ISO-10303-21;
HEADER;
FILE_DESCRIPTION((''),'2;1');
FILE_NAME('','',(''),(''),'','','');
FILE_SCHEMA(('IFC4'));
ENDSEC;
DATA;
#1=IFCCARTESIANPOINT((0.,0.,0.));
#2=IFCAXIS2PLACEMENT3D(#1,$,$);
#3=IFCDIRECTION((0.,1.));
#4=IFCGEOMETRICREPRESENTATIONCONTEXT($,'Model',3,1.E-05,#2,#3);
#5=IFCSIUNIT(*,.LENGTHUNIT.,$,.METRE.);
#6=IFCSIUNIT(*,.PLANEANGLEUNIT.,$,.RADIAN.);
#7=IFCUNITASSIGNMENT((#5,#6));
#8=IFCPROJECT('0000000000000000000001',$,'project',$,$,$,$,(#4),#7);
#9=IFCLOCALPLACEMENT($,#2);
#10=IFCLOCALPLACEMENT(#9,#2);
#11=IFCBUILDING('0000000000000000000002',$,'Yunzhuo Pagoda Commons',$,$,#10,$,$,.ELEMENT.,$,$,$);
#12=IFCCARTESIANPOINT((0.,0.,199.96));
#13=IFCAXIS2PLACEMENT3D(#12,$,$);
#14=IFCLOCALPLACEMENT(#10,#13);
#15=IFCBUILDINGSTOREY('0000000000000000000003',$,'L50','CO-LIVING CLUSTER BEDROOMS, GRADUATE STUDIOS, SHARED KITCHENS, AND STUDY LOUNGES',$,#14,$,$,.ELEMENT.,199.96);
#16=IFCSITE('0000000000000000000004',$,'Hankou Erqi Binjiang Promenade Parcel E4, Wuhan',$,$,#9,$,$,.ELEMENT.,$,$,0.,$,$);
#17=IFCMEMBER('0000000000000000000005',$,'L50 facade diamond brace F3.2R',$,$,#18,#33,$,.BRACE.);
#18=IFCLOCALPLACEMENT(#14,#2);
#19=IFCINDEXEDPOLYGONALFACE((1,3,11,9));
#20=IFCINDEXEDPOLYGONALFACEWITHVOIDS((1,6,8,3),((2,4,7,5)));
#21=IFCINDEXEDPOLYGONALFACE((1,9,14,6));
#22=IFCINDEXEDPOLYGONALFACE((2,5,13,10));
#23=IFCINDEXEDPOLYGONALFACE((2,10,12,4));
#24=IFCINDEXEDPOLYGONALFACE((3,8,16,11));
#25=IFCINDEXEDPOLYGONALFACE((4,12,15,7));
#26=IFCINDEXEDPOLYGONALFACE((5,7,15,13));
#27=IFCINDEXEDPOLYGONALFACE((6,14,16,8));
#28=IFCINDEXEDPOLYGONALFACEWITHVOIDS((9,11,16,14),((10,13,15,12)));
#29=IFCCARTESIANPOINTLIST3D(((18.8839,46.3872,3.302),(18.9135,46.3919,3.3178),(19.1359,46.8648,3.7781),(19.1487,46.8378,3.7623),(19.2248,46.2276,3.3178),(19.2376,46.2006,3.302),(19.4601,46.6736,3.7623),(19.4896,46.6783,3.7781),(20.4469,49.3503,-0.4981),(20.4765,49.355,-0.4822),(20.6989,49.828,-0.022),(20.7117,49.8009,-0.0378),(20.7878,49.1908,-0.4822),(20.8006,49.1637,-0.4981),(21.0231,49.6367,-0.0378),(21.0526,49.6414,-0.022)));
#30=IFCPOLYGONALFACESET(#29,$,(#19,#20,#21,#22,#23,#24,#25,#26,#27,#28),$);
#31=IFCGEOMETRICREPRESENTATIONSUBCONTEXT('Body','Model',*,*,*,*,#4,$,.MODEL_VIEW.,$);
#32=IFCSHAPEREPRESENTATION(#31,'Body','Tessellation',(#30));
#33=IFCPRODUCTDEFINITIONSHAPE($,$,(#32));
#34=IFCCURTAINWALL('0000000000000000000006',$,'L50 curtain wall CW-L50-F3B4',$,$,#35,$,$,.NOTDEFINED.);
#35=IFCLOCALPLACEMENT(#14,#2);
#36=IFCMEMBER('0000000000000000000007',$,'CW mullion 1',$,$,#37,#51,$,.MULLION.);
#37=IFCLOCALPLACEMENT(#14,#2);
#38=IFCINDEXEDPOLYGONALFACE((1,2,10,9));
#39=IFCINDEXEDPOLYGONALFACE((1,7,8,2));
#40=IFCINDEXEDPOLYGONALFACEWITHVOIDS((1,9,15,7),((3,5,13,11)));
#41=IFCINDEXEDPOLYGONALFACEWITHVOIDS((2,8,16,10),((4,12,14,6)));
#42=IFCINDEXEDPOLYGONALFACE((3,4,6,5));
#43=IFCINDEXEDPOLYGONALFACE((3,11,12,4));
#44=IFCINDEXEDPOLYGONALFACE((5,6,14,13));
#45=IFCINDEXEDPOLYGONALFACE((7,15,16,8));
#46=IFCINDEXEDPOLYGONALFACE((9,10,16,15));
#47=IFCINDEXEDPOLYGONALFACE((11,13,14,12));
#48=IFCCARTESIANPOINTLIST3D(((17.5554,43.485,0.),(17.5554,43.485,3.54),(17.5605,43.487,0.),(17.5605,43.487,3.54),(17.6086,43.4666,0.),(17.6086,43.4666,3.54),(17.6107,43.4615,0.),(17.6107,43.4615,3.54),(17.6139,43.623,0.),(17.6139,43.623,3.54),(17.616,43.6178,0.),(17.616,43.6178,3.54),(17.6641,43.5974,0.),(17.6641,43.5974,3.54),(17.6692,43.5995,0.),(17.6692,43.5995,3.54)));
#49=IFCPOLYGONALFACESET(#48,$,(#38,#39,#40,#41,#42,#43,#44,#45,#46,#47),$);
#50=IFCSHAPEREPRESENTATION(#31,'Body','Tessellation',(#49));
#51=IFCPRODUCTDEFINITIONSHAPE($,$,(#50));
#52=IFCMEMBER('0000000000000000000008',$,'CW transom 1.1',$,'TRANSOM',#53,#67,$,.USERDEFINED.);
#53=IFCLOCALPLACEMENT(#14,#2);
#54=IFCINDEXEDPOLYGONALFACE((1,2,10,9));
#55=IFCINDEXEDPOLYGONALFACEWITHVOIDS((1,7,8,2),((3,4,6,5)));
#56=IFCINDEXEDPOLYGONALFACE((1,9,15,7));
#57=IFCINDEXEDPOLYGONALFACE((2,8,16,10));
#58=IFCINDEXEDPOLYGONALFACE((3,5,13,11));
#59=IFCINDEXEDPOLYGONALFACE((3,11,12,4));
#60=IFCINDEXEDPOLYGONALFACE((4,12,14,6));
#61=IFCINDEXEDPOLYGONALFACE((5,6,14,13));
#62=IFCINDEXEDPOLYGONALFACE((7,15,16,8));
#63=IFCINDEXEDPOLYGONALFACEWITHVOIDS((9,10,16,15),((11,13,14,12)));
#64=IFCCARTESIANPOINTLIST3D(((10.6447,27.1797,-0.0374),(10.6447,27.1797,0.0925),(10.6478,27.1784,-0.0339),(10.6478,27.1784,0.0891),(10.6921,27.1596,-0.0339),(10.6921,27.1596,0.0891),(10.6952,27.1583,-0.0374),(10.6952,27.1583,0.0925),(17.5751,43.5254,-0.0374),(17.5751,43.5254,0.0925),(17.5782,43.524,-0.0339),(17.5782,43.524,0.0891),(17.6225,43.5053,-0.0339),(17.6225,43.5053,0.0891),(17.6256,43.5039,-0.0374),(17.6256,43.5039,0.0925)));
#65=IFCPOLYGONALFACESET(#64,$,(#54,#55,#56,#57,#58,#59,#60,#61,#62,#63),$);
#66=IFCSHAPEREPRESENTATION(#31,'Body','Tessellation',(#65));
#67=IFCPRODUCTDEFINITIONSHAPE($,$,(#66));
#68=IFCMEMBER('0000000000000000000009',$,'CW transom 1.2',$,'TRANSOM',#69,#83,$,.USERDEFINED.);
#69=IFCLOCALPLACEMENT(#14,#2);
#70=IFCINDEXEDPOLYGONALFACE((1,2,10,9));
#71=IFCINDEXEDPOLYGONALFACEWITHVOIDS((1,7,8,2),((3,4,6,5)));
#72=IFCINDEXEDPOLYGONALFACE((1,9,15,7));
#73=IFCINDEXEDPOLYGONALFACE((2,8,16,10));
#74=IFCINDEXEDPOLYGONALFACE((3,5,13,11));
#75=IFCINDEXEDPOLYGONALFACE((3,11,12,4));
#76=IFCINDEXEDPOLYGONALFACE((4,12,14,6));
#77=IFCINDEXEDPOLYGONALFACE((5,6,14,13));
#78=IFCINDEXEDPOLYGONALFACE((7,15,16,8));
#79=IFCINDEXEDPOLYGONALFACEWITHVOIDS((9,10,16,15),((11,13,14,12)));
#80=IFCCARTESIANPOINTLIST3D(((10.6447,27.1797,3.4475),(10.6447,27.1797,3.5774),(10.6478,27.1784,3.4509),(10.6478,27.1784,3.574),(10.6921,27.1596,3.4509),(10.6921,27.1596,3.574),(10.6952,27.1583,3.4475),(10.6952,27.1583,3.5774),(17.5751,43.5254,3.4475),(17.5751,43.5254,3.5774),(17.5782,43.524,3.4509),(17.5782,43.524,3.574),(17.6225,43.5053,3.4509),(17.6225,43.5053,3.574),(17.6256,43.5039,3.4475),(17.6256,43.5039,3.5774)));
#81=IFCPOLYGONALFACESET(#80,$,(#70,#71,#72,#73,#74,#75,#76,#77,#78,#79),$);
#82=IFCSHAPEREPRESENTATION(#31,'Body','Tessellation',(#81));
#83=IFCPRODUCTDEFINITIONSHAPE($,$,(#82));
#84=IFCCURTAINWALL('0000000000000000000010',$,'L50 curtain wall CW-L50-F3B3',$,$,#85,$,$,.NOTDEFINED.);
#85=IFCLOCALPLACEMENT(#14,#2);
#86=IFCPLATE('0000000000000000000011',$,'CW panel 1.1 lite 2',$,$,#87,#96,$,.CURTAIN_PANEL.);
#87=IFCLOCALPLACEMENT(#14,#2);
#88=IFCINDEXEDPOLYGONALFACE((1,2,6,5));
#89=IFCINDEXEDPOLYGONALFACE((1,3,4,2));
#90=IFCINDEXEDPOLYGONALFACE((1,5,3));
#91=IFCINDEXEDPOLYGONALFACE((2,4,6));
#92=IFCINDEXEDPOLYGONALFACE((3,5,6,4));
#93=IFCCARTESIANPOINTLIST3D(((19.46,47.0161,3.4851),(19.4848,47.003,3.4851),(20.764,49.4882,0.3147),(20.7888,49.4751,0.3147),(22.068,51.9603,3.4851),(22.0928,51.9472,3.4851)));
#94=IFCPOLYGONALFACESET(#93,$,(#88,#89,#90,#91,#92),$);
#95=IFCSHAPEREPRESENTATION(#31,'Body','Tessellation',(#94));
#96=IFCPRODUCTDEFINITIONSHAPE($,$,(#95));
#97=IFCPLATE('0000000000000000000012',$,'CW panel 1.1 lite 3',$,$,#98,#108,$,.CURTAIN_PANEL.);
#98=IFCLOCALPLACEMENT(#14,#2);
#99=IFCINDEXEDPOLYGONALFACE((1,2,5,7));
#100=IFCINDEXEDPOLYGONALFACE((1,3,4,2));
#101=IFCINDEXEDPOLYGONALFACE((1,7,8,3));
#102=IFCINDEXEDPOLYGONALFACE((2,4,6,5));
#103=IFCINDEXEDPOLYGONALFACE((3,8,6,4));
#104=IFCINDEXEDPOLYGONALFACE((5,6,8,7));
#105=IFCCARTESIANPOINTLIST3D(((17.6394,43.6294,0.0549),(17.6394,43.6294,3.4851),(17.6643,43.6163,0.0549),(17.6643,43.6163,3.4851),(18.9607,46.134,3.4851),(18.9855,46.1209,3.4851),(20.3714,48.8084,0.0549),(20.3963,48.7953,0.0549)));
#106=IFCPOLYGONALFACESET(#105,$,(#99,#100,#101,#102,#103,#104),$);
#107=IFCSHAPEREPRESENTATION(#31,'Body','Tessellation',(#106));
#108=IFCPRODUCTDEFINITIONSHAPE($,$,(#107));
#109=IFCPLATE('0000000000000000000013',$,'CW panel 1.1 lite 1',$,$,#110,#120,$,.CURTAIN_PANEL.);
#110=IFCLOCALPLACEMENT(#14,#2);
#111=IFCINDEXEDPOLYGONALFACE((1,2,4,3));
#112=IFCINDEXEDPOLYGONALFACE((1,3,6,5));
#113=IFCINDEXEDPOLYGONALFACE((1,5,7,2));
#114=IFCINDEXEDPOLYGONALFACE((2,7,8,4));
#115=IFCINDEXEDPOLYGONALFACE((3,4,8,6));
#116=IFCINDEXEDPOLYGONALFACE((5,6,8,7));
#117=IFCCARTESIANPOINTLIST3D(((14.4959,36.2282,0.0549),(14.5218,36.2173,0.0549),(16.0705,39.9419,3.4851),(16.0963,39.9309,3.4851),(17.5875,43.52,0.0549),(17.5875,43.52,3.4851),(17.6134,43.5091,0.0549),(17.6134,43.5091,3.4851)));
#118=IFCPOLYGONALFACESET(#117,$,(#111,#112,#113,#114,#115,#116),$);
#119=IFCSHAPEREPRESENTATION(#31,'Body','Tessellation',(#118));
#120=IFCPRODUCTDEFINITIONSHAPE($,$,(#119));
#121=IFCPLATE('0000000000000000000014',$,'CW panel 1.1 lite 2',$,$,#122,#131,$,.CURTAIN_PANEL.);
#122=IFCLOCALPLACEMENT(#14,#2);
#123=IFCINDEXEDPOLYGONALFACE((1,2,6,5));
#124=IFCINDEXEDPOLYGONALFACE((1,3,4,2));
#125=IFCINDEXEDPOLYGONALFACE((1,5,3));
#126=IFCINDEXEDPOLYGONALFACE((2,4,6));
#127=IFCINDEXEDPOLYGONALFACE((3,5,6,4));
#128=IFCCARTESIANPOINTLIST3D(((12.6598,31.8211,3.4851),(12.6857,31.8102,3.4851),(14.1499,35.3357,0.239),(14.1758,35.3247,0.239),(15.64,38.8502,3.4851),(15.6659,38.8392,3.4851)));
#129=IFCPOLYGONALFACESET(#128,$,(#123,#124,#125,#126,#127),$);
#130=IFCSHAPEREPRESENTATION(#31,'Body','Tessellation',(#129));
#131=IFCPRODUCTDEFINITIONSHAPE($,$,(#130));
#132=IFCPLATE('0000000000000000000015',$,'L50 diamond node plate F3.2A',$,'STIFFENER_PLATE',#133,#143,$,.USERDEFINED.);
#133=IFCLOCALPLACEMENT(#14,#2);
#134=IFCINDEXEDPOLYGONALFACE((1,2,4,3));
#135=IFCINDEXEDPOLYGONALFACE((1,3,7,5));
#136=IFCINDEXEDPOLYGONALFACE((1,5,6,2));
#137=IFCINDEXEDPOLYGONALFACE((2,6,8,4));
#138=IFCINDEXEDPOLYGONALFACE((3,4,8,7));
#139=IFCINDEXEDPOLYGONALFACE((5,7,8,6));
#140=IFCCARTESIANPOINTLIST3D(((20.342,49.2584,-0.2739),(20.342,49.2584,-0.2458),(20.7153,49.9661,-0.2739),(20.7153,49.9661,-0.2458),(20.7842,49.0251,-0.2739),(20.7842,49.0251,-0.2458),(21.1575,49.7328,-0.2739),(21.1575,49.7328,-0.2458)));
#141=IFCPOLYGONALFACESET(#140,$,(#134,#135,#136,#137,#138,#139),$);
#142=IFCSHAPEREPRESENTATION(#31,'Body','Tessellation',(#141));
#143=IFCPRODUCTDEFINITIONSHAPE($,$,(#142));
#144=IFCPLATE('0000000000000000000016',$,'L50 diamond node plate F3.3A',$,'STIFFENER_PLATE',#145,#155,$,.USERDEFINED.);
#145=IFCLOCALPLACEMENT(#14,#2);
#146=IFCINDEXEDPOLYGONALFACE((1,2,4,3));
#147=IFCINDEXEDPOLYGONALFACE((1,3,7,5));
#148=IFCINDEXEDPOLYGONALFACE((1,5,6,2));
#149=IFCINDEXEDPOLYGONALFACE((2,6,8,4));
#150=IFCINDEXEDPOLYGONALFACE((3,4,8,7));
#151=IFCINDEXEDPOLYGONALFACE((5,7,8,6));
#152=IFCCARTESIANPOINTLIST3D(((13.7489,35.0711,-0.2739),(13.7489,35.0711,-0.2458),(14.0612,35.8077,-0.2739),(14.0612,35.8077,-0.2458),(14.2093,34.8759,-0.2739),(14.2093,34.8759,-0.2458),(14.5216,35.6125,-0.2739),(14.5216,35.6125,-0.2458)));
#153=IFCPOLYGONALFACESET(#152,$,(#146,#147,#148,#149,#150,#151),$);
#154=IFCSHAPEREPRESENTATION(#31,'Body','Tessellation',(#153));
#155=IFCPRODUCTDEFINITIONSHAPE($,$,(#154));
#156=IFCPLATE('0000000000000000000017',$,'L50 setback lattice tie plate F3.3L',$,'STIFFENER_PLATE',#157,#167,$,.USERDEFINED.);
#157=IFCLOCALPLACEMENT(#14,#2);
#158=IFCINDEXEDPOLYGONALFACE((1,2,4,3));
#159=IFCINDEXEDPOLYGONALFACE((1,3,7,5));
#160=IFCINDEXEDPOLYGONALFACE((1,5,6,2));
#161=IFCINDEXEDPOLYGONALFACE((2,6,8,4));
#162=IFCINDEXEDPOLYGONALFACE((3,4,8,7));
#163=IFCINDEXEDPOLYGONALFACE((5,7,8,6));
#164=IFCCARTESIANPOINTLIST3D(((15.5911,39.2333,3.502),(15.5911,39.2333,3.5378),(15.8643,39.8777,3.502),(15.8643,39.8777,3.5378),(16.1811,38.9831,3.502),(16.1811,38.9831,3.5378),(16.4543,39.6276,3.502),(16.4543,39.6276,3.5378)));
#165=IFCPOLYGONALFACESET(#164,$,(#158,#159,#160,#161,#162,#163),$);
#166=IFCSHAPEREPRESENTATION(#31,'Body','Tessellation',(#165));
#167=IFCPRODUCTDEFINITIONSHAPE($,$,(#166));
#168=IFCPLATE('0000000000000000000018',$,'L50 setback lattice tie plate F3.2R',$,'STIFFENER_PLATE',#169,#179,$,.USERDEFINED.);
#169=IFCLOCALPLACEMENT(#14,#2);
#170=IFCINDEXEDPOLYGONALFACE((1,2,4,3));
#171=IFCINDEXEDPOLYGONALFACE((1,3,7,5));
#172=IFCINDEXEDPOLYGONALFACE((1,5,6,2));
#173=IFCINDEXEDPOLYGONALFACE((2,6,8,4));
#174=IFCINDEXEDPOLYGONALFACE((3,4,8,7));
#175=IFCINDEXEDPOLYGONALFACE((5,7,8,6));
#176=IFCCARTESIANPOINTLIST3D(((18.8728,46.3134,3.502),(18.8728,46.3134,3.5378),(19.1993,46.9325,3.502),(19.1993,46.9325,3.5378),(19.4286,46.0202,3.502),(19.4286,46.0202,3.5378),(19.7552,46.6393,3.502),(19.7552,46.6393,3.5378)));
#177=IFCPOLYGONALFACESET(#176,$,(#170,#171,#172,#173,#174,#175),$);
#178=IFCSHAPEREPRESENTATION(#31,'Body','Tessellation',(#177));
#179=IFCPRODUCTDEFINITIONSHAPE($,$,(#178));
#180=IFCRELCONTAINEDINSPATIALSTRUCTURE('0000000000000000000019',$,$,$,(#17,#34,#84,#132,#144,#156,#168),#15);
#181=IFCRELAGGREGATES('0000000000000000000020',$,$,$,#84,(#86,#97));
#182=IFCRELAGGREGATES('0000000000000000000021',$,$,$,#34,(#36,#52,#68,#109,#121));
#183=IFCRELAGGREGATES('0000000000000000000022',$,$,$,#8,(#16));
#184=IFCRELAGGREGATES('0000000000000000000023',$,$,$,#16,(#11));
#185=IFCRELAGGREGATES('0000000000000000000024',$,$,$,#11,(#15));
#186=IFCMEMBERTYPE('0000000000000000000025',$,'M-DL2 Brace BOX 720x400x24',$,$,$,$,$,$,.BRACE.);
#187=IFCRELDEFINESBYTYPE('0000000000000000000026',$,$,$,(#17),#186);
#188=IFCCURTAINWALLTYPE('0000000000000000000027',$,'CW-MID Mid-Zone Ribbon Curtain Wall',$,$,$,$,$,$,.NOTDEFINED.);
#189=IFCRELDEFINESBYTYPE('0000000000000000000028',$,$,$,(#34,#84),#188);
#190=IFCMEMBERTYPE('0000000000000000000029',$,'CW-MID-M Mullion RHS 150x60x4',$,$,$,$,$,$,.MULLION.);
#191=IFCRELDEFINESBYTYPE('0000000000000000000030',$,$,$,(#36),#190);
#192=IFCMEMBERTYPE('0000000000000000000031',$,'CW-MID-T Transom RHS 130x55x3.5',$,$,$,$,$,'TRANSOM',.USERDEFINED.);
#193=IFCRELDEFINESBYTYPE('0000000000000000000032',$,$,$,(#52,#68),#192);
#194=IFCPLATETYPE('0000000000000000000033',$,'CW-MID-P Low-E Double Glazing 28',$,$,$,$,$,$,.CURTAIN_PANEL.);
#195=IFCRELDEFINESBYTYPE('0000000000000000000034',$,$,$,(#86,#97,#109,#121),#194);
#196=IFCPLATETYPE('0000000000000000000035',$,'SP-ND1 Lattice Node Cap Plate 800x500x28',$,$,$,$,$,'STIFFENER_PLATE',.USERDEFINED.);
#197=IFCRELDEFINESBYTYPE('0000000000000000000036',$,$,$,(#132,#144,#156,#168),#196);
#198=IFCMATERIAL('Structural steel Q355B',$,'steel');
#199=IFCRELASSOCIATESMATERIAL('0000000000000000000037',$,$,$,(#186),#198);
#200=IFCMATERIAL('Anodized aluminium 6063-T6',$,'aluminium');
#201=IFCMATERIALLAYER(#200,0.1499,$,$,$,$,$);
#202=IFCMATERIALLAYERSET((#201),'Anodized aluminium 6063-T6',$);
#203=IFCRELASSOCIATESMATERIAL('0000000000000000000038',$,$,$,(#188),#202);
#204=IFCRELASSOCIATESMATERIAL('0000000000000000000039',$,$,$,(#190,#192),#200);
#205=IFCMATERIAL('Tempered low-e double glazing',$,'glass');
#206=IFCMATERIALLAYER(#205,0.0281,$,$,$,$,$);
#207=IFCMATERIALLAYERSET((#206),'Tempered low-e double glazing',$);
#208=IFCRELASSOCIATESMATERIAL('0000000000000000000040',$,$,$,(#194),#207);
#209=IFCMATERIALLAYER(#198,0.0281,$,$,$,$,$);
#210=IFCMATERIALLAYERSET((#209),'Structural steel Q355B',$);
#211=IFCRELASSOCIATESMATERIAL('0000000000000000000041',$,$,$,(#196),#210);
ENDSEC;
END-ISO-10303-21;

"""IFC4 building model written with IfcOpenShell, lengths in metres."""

from ifc_helpers import new_model, si_unit, direction, frame, origin, origin_2d, place, context, subcontext, project, spatial, polyline, rectangle, hollow_rectangle, outline, extrude, source, transform, mapped, material, layer, layer_set, material_profile, profile_set, type_object, element, aggregate, save


model = new_model("IFC4")

# Units and contexts
model_context = context("Model", 3, precision=1e-05, world=origin(), true_north=direction((0.0, 1.0)))
body_context = subcontext(model_context, "Body", "Model", "MODEL_VIEW")
ifc_project = project(units=[si_unit("LENGTHUNIT", "METRE"), si_unit("PLANEANGLEUNIT", "RADIAN")], contexts=[model_context])

# Site, building, storey
site_placement = place(None, origin())
site = spatial("IfcSite", under=ifc_project, at=site_placement, Name="Hankou Erqi Binjiang Promenade Parcel E4, Wuhan", CompositionType="ELEMENT", RefElevation=0.0)
building_placement = place(site_placement, origin())
building = spatial("IfcBuilding", under=site, at=building_placement, Name="Yunzhuo Pagoda Commons", CompositionType="ELEMENT")
storey_placement = place(building_placement, frame((0.0, 0.0, 199.96)))
storey = spatial("IfcBuildingStorey", under=building, at=storey_placement, Name="L50", Description="CO-LIVING CLUSTER BEDROOMS, GRADUATE STUDIOS, SHARED KITCHENS, AND STUDY LOUNGES", CompositionType="ELEMENT", Elevation=199.96)

# Shared definitions
ifc_material_1 = material(Name="Structural steel Q355B", Category="steel")

# Member
ifc_material_profile_1 = material_profile(ifc_material_1, hollow_rectangle(XDim=0.3999, YDim=0.72, WallThickness=0.0239, at=origin_2d()), Name="Structural steel Q355B")
ifc_profile_set_1 = profile_set([ifc_material_profile_1], Name="Structural steel Q355B")
member_type_1 = type_object("IfcMemberType", Name="M-DL2 Brace BOX 720x400x24", PredefinedType="BRACE", material=ifc_profile_set_1)
shared_shape_1 = source(origin(), body_context, "Body", "SweptSolid", [
    extrude(hollow_rectangle(XDim=0.3999, YDim=0.72, WallThickness=0.0239, at=origin_2d()), origin(), (0.0, 0.0, 1.0), 5.0659),
])
member_1_placement = place(storey_placement, frame((20.7498, 49.4958, -0.26), z_axis=(-0.30853, -0.584916, 0.750121), x_axis=(0.884494, -0.466551, 0.0)))
element("IfcMember", 1, at=member_1_placement, inside=storey, type_object=member_type_1, Name="L50 facade diamond brace F3.2R", PredefinedType="BRACE", context=body_context, shape_type="MappedRepresentation", body=[
    mapped(shared_shape_1, transform((0.0, 0.0, 0.0), scale=1.0)),
])

# Curtain wall, members
ifc_material_2 = material(Name="Anodized aluminium 6063-T6", Category="aluminium")
ifc_layer_1 = layer(ifc_material_2, 0.1499)
ifc_layer_set_1 = layer_set([ifc_layer_1], Name="Anodized aluminium 6063-T6")
curtain_wall_type = type_object("IfcCurtainWallType", Name="CW-MID Mid-Zone Ribbon Curtain Wall", PredefinedType="NOTDEFINED", material=ifc_layer_set_1)
curtain_wall_1_placement = place(storey_placement, origin())
curtain_wall_1 = element("IfcCurtainWall", 2, at=curtain_wall_1_placement, inside=storey, type_object=curtain_wall_type, Name="L50 curtain wall CW-L50-F3B4", PredefinedType="NOTDEFINED")
ifc_material_profile_2 = material_profile(ifc_material_2, hollow_rectangle(XDim=0.0601, YDim=0.1499, WallThickness=0.0039, at=origin_2d()), Name="Anodized aluminium 6063-T6")
ifc_profile_set_2 = profile_set([ifc_material_profile_2], Name="Anodized aluminium 6063-T6")
member_type_2 = type_object("IfcMemberType", Name="CW-MID-M Mullion RHS 150x60x4", PredefinedType="MULLION", material=ifc_profile_set_2)
shared_shape_2 = source(origin(), body_context, "Body", "SweptSolid", [
    extrude(hollow_rectangle(XDim=0.0601, YDim=0.1499, WallThickness=0.0039, at=origin_2d()), origin(), (0.0, 0.0, 1.0), 3.54),
])
member_2_placement = place(storey_placement, frame((17.6123, 43.5422, 0.0), z_axis=(0.0, 0.0, 1.0), x_axis=(0.920667, -0.39035, 0.0)))
member_2 = element("IfcMember", 3, at=member_2_placement, type_object=member_type_2, Name="CW mullion 1", PredefinedType="MULLION", context=body_context, shape_type="MappedRepresentation", body=[
    mapped(shared_shape_2, transform((0.0, 0.0, 0.0), scale=1.0)),
])
ifc_material_profile_3 = material_profile(ifc_material_2, hollow_rectangle(XDim=0.0549, YDim=0.1299, WallThickness=0.0034, at=origin_2d()), Name="Anodized aluminium 6063-T6")
ifc_profile_set_3 = profile_set([ifc_material_profile_3], Name="Anodized aluminium 6063-T6")
member_type_3 = type_object("IfcMemberType", Name="CW-MID-T Transom RHS 130x55x3.5", ElementType="TRANSOM", PredefinedType="USERDEFINED", material=ifc_profile_set_3)
shared_shape_3 = source(origin(), body_context, "Body", "SweptSolid", [
    extrude(hollow_rectangle(XDim=0.0549, YDim=0.1299, WallThickness=0.0034, at=origin_2d()), origin(), (0.0, 0.0, 1.0), 17.7542),
])
member_3_placement = place(storey_placement, frame((17.6003, 43.5146, 0.0276), z_axis=(-0.390353, -0.920665, 0.0), x_axis=(0.920665, -0.390353, 0.0)))
member_3 = element("IfcMember", 4, at=member_3_placement, type_object=member_type_3, Name="CW transom 1.1", ObjectType="TRANSOM", PredefinedType="USERDEFINED", context=body_context, shape_type="MappedRepresentation", body=[
    mapped(shared_shape_3, transform((0.0, 0.0, 0.0), scale=1.0)),
])
member_4_placement = place(storey_placement, frame((17.6003, 43.5146, 3.5125), z_axis=(-0.390353, -0.920665, 0.0), x_axis=(0.920665, -0.390353, 0.0)))
member_4 = element("IfcMember", 5, at=member_4_placement, type_object=member_type_3, Name="CW transom 1.2", ObjectType="TRANSOM", PredefinedType="USERDEFINED", context=body_context, shape_type="MappedRepresentation", body=[
    mapped(shared_shape_3, transform((0.0, 0.0, 0.0), scale=1.0)),
])

# Curtain wall, plates
curtain_wall_2_placement = place(storey_placement, origin())
curtain_wall_2 = element("IfcCurtainWall", 6, at=curtain_wall_2_placement, inside=storey, type_object=curtain_wall_type, Name="L50 curtain wall CW-L50-F3B3", PredefinedType="NOTDEFINED")
ifc_material_3 = material(Name="Tempered low-e double glazing", Category="glass")
ifc_layer_2 = layer(ifc_material_3, 0.0281)
ifc_layer_set_2 = layer_set([ifc_layer_2], Name="Tempered low-e double glazing")
plate_type_1 = type_object("IfcPlateType", Name="CW-MID-P Low-E Double Glazing 28", PredefinedType="CURTAIN_PANEL", material=ifc_layer_set_2)
plate_1_placement = place(storey_placement, frame((20.7888, 49.4751, 1.8999), z_axis=(-0.884484, 0.466571, 0.0), x_axis=(-0.466571, -0.884484, 0.0)))
plate_1 = element("IfcPlate", 7, at=plate_1_placement, type_object=plate_type_1, Name="CW panel 1.1 lite 2", PredefinedType="CURTAIN_PANEL", context=body_context, shape_type="SweptSolid", body=[
    extrude(outline(polyline([(-2.7949, 1.5852), (0.0, -1.5852), (2.7949, 1.5852), (-2.7949, 1.5852)])), origin(), (0.0, 0.0, 1.0), 0.0281),
])
plate_2_placement = place(storey_placement, frame((19.0303, 46.2058, 1.77), z_axis=(-0.884484, 0.466571, 0.0), x_axis=(-0.466571, -0.884484, 0.0)))
plate_2 = element("IfcPlate", 8, at=plate_2_placement, type_object=plate_type_1, Name="CW panel 1.1 lite 3", PredefinedType="CURTAIN_PANEL", context=body_context, shape_type="SweptSolid", body=[
    extrude(outline(polyline([(-2.9277, -1.7151), (2.9277, -1.7151), (2.9277, 1.7151), (0.0959, 1.7151), (-2.9277, -1.7151)])), origin(), (0.0, 0.0, 1.0), 0.0281),
])
aggregate(curtain_wall_2, [plate_1, plate_2])

# Plates
plate_3_placement = place(storey_placement, frame((16.0676, 39.8633, 1.77), z_axis=(-0.920667, 0.39035, 0.0), x_axis=(-0.39035, -0.920667, 0.0)))
plate_3 = element("IfcPlate", 9, at=plate_3_placement, type_object=plate_type_1, Name="CW panel 1.1 lite 1", PredefinedType="CURTAIN_PANEL", context=body_context, shape_type="SweptSolid", body=[
    extrude(outline(polyline([(-3.96, -1.7151), (3.9602, -1.7151), (-0.0735, 1.7151), (-3.96, 1.7151), (-3.96, -1.7151)])), origin(), (0.0, 0.0, 1.0), 0.0281),
])
plate_4_placement = place(storey_placement, frame((14.1758, 35.3247, 1.8621), z_axis=(-0.920667, 0.39035, 0.0), x_axis=(-0.39035, -0.920667, 0.0)))
plate_4 = element("IfcPlate", 10, at=plate_4_placement, type_object=plate_type_1, Name="CW panel 1.1 lite 2", PredefinedType="CURTAIN_PANEL", context=body_context, shape_type="SweptSolid", body=[
    extrude(outline(polyline([(-3.8174, 1.623), (0.0, -1.623), (3.8174, 1.623), (-3.8174, 1.623)])), origin(), (0.0, 0.0, 1.0), 0.0281),
])
aggregate(curtain_wall_1, [member_2, member_3, member_4, plate_3, plate_4])

# Plates
ifc_layer_3 = layer(ifc_material_1, 0.0281)
ifc_layer_set_3 = layer_set([ifc_layer_3], Name="Structural steel Q355B")
plate_type_2 = type_object("IfcPlateType", Name="SP-ND1 Lattice Node Cap Plate 800x500x28", ElementType="STIFFENER_PLATE", PredefinedType="USERDEFINED", material=ifc_layer_set_3)
shared_shape_4 = source(origin(), body_context, "Body", "SweptSolid", [
    extrude(rectangle(XDim=0.8, YDim=0.5, at=origin_2d()), origin(), (0.0, 0.0, 1.0), 0.0281),
])
for number, where, z_axis, x_axis, name in (
    (11, (20.7498, 49.4956, -0.2739), (0.0, 0.0, 1.0), (-0.466572, -0.884483, 0.0), "L50 diamond node plate F3.2A"),
    (12, (14.1353, 35.3418, -0.2739), (0.0, 0.0, 1.0), (-0.390346, -0.920668, 0.0), "L50 diamond node plate F3.3A"),
):
    element("IfcPlate", number, at=place(storey_placement, frame(where, z_axis=z_axis, x_axis=x_axis)), inside=storey, type_object=plate_type_2, Name=name, ObjectType="STIFFENER_PLATE", PredefinedType="USERDEFINED", context=body_context, shape_type="MappedRepresentation", body=[
        mapped(shared_shape_4, transform((0.0, 0.0, 0.0), scale=1.0)),
    ])
shared_shape_5 = source(origin(), body_context, "Body", "SweptSolid", [
    extrude(rectangle(XDim=0.7, YDim=0.6409, at=origin_2d()), origin(), (0.0, 0.0, 1.0), 0.0359),
])
plate_5_placement = place(storey_placement, frame((16.0227, 39.4304, 3.502), z_axis=(0.0, 0.0, 1.0), x_axis=(-0.390346, -0.920668, 0.0)))
element("IfcPlate", 13, at=plate_5_placement, inside=storey, type_object=plate_type_2, Name="L50 setback lattice tie plate F3.3L", ObjectType="STIFFENER_PLATE", PredefinedType="USERDEFINED", context=body_context, shape_type="MappedRepresentation", body=[
    mapped(shared_shape_5, transform((0.0, 0.0, 0.0), scale=1.0)),
])
shared_shape_6 = source(origin(), body_context, "Body", "SweptSolid", [
    extrude(rectangle(XDim=0.7, YDim=0.6284, at=origin_2d()), origin(), (0.0, 0.0, 1.0), 0.0359),
])
plate_6_placement = place(storey_placement, frame((19.314, 46.4763, 3.502), z_axis=(0.0, 0.0, 1.0), x_axis=(-0.466572, -0.884483, 0.0)))
element("IfcPlate", 14, at=plate_6_placement, inside=storey, type_object=plate_type_2, Name="L50 setback lattice tie plate F3.2R", ObjectType="STIFFENER_PLATE", PredefinedType="USERDEFINED", context=body_context, shape_type="MappedRepresentation", body=[
    mapped(shared_shape_6, transform((0.0, 0.0, 0.0), scale=1.0)),
])

save(model, "model.ifc")
